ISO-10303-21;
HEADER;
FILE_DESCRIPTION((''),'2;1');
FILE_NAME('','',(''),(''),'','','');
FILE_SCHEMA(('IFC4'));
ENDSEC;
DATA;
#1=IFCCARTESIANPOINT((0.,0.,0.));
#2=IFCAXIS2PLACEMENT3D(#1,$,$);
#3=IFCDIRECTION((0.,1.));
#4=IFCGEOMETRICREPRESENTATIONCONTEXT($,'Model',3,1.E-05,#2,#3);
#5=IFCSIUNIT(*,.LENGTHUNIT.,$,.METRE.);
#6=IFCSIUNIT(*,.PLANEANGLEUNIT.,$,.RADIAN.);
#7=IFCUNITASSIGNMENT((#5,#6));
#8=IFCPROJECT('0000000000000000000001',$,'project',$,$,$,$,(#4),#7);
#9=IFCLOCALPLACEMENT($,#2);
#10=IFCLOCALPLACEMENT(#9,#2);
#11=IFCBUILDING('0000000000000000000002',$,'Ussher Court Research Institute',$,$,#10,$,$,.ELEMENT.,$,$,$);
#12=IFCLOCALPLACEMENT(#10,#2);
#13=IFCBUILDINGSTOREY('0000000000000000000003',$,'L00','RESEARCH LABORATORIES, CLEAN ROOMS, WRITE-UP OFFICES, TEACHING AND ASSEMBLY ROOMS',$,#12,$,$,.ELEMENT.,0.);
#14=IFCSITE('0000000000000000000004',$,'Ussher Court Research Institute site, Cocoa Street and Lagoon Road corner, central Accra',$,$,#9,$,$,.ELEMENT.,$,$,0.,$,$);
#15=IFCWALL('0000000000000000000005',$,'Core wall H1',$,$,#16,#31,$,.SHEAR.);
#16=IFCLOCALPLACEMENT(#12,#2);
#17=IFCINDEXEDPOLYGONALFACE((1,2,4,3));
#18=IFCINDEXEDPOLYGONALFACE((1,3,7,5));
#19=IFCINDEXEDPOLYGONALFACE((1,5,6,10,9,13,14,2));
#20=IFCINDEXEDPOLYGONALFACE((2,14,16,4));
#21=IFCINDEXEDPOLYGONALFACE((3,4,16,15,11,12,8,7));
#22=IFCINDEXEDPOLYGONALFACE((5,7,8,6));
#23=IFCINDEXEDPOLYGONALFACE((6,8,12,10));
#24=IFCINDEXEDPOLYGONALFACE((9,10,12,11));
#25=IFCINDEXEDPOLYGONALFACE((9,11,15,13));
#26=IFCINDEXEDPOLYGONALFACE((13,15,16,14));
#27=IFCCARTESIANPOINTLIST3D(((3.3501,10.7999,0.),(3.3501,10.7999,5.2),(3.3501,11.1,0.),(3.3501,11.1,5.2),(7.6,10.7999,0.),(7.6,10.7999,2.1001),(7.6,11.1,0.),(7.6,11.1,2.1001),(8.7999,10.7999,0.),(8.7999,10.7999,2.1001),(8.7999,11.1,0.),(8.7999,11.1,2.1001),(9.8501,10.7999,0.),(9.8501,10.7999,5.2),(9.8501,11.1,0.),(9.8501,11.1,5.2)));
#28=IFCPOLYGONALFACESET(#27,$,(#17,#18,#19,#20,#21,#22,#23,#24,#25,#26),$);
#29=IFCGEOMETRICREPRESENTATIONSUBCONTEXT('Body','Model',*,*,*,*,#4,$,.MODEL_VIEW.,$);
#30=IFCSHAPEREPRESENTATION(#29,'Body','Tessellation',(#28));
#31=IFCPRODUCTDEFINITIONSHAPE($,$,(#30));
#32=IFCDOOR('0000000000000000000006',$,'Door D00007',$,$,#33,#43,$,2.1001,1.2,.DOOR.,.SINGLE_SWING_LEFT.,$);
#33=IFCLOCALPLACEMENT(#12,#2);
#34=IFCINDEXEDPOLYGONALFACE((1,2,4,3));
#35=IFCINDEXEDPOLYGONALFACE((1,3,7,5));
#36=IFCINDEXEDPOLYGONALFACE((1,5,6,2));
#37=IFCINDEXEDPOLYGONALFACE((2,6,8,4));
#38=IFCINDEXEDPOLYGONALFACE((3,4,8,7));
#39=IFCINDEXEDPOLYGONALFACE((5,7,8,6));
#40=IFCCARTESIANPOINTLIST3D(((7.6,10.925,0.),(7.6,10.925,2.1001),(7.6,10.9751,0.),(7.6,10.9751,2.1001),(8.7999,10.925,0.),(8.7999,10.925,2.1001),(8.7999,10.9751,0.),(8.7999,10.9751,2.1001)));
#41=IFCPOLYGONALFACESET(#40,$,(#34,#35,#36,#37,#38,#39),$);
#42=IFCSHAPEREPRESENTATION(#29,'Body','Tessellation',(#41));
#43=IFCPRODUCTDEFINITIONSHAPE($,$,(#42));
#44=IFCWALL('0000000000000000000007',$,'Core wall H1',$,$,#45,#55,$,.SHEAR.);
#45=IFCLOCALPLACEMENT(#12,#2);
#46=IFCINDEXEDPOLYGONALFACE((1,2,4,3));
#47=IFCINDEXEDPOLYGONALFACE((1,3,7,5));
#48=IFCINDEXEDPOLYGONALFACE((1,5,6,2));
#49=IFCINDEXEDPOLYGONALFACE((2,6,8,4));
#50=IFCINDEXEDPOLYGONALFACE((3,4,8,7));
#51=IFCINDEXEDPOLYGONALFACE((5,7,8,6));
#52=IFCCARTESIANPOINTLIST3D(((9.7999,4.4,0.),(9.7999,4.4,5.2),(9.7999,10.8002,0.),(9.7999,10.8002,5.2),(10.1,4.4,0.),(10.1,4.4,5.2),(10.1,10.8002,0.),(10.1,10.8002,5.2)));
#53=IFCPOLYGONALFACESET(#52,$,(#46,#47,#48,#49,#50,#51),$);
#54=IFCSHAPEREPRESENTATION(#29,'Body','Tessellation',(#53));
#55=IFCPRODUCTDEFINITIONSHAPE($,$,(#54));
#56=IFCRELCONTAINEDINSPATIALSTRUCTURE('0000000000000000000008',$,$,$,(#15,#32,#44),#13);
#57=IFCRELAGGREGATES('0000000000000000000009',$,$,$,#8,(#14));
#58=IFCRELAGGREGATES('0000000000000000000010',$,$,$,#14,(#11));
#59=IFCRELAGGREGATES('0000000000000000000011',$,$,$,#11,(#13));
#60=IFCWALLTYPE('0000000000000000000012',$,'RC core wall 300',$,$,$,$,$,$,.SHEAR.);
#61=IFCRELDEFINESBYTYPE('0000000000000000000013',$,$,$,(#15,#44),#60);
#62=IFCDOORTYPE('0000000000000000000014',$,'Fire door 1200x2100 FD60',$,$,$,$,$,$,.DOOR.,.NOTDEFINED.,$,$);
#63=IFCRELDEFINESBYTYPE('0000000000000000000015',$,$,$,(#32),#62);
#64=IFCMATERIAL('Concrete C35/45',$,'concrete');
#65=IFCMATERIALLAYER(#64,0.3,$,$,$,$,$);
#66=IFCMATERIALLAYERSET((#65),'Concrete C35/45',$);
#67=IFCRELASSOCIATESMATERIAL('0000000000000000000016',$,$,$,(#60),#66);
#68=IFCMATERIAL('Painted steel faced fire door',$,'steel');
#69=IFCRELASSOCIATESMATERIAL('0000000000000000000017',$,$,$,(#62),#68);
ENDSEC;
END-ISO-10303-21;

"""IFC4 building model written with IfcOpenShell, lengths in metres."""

from ifc_helpers import new_model, si_unit, direction, frame, frame_2d, origin, place, context, subcontext, project, spatial, rectangle, extrude, material, layer, layer_set, type_object, element, fill, save


model = new_model("IFC4")

# Units and contexts
model_context = context("Model", 3, precision=1e-05, world=origin(), true_north=direction((0.0, 1.0)))
body_context = subcontext(model_context, "Body", "Model", "MODEL_VIEW")
ifc_project = project(units=[si_unit("LENGTHUNIT", "METRE"), si_unit("PLANEANGLEUNIT", "RADIAN")], contexts=[model_context])

# Site, building, storey
site_placement = place(None, origin())
site = spatial("IfcSite", under=ifc_project, at=site_placement, Name="Ussher Court Research Institute site, Cocoa Street and Lagoon Road corner, central Accra", CompositionType="ELEMENT", RefElevation=0.0)
building_placement = place(site_placement, origin())
building = spatial("IfcBuilding", under=site, at=building_placement, Name="Ussher Court Research Institute", CompositionType="ELEMENT")
storey_placement = place(building_placement, origin())
storey = spatial("IfcBuildingStorey", under=building, at=storey_placement, Name="L00", Description="RESEARCH LABORATORIES, CLEAN ROOMS, WRITE-UP OFFICES, TEACHING AND ASSEMBLY ROOMS", CompositionType="ELEMENT", Elevation=0.0)

# Wall, opening, door
ifc_material_1 = material(Name="Concrete C35/45", Category="concrete")
ifc_layer_1 = layer(ifc_material_1, 0.3)
ifc_layer_set_1 = layer_set([ifc_layer_1], Name="Concrete C35/45")
wall_type_1 = type_object("IfcWallType", Name="RC core wall 300", PredefinedType="SHEAR", material=ifc_layer_set_1)
wall_1_placement = place(storey_placement, frame((9.8501, 10.95, 0.0), z_axis=(0.0, 0.0, 1.0), x_axis=(-1.0, 0.0, 0.0)))
wall_1 = element("IfcWall", 1, at=wall_1_placement, inside=storey, type_object=wall_type_1, Name="Core wall H1", PredefinedType="SHEAR", context=body_context, shape_type="SweptSolid", body=[
    extrude(rectangle(XDim=6.5, YDim=0.3, at=frame_2d((3.25, 0.0))), origin(), (0.0, 0.0, 1.0), 5.2),
])
opening_1_placement = place(wall_1_placement, frame((1.05, 0.0, 0.0)))
opening_1 = element("IfcOpeningElement", 2, at=opening_1_placement, cuts=wall_1, PredefinedType="OPENING", context=body_context, shape_type="SweptSolid", body=[
    extrude(rectangle(XDim=1.2, YDim=2.1001, at=frame_2d((0.6001, 1.05))), frame((0.0, 0.1602, 0.0), z_axis=(0.0, -1.0, 0.0), x_axis=(1.0, 0.0, 0.0)), (0.0, 0.0, 1.0), 0.3201),
])
ifc_material_2 = material(Name="Painted steel faced fire door", Category="steel")
door_type_1 = type_object("IfcDoorType", Name="Fire door 1200x2100 FD60", OperationType="NOTDEFINED", PredefinedType="DOOR", material=ifc_material_2)
door_1_placement = place(opening_1_placement, origin())
door_1 = element("IfcDoor", 3, at=door_1_placement, inside=storey, type_object=door_type_1, Name="Door D00007", OperationType="SINGLE_SWING_LEFT", OverallHeight=2.1001, OverallWidth=1.2, PredefinedType="DOOR", context=body_context, shape_type="SweptSolid", body=[
    extrude(rectangle(XDim=1.2, YDim=2.1001, at=frame_2d((0.6001, 1.05))), frame((0.0, 0.0249, 0.0), z_axis=(0.0, -1.0, 0.0), x_axis=(1.0, 0.0, 0.0)), (0.0, 0.0, 1.0), 0.05),
])
fill(opening_1, door_1)

# Wall
wall_2_placement = place(storey_placement, frame((9.95, 4.3999, 0.0), z_axis=(0.0, 0.0, 1.0), x_axis=(0.0, 1.0, 0.0)))
element("IfcWall", 4, at=wall_2_placement, inside=storey, type_object=wall_type_1, Name="Core wall H1", PredefinedType="SHEAR", context=body_context, shape_type="SweptSolid", body=[
    extrude(rectangle(XDim=6.4001, YDim=0.3, at=frame_2d((3.2002, 0.0))), origin(), (0.0, 0.0, 1.0), 5.2),
])

save(model, "model.ifc")
